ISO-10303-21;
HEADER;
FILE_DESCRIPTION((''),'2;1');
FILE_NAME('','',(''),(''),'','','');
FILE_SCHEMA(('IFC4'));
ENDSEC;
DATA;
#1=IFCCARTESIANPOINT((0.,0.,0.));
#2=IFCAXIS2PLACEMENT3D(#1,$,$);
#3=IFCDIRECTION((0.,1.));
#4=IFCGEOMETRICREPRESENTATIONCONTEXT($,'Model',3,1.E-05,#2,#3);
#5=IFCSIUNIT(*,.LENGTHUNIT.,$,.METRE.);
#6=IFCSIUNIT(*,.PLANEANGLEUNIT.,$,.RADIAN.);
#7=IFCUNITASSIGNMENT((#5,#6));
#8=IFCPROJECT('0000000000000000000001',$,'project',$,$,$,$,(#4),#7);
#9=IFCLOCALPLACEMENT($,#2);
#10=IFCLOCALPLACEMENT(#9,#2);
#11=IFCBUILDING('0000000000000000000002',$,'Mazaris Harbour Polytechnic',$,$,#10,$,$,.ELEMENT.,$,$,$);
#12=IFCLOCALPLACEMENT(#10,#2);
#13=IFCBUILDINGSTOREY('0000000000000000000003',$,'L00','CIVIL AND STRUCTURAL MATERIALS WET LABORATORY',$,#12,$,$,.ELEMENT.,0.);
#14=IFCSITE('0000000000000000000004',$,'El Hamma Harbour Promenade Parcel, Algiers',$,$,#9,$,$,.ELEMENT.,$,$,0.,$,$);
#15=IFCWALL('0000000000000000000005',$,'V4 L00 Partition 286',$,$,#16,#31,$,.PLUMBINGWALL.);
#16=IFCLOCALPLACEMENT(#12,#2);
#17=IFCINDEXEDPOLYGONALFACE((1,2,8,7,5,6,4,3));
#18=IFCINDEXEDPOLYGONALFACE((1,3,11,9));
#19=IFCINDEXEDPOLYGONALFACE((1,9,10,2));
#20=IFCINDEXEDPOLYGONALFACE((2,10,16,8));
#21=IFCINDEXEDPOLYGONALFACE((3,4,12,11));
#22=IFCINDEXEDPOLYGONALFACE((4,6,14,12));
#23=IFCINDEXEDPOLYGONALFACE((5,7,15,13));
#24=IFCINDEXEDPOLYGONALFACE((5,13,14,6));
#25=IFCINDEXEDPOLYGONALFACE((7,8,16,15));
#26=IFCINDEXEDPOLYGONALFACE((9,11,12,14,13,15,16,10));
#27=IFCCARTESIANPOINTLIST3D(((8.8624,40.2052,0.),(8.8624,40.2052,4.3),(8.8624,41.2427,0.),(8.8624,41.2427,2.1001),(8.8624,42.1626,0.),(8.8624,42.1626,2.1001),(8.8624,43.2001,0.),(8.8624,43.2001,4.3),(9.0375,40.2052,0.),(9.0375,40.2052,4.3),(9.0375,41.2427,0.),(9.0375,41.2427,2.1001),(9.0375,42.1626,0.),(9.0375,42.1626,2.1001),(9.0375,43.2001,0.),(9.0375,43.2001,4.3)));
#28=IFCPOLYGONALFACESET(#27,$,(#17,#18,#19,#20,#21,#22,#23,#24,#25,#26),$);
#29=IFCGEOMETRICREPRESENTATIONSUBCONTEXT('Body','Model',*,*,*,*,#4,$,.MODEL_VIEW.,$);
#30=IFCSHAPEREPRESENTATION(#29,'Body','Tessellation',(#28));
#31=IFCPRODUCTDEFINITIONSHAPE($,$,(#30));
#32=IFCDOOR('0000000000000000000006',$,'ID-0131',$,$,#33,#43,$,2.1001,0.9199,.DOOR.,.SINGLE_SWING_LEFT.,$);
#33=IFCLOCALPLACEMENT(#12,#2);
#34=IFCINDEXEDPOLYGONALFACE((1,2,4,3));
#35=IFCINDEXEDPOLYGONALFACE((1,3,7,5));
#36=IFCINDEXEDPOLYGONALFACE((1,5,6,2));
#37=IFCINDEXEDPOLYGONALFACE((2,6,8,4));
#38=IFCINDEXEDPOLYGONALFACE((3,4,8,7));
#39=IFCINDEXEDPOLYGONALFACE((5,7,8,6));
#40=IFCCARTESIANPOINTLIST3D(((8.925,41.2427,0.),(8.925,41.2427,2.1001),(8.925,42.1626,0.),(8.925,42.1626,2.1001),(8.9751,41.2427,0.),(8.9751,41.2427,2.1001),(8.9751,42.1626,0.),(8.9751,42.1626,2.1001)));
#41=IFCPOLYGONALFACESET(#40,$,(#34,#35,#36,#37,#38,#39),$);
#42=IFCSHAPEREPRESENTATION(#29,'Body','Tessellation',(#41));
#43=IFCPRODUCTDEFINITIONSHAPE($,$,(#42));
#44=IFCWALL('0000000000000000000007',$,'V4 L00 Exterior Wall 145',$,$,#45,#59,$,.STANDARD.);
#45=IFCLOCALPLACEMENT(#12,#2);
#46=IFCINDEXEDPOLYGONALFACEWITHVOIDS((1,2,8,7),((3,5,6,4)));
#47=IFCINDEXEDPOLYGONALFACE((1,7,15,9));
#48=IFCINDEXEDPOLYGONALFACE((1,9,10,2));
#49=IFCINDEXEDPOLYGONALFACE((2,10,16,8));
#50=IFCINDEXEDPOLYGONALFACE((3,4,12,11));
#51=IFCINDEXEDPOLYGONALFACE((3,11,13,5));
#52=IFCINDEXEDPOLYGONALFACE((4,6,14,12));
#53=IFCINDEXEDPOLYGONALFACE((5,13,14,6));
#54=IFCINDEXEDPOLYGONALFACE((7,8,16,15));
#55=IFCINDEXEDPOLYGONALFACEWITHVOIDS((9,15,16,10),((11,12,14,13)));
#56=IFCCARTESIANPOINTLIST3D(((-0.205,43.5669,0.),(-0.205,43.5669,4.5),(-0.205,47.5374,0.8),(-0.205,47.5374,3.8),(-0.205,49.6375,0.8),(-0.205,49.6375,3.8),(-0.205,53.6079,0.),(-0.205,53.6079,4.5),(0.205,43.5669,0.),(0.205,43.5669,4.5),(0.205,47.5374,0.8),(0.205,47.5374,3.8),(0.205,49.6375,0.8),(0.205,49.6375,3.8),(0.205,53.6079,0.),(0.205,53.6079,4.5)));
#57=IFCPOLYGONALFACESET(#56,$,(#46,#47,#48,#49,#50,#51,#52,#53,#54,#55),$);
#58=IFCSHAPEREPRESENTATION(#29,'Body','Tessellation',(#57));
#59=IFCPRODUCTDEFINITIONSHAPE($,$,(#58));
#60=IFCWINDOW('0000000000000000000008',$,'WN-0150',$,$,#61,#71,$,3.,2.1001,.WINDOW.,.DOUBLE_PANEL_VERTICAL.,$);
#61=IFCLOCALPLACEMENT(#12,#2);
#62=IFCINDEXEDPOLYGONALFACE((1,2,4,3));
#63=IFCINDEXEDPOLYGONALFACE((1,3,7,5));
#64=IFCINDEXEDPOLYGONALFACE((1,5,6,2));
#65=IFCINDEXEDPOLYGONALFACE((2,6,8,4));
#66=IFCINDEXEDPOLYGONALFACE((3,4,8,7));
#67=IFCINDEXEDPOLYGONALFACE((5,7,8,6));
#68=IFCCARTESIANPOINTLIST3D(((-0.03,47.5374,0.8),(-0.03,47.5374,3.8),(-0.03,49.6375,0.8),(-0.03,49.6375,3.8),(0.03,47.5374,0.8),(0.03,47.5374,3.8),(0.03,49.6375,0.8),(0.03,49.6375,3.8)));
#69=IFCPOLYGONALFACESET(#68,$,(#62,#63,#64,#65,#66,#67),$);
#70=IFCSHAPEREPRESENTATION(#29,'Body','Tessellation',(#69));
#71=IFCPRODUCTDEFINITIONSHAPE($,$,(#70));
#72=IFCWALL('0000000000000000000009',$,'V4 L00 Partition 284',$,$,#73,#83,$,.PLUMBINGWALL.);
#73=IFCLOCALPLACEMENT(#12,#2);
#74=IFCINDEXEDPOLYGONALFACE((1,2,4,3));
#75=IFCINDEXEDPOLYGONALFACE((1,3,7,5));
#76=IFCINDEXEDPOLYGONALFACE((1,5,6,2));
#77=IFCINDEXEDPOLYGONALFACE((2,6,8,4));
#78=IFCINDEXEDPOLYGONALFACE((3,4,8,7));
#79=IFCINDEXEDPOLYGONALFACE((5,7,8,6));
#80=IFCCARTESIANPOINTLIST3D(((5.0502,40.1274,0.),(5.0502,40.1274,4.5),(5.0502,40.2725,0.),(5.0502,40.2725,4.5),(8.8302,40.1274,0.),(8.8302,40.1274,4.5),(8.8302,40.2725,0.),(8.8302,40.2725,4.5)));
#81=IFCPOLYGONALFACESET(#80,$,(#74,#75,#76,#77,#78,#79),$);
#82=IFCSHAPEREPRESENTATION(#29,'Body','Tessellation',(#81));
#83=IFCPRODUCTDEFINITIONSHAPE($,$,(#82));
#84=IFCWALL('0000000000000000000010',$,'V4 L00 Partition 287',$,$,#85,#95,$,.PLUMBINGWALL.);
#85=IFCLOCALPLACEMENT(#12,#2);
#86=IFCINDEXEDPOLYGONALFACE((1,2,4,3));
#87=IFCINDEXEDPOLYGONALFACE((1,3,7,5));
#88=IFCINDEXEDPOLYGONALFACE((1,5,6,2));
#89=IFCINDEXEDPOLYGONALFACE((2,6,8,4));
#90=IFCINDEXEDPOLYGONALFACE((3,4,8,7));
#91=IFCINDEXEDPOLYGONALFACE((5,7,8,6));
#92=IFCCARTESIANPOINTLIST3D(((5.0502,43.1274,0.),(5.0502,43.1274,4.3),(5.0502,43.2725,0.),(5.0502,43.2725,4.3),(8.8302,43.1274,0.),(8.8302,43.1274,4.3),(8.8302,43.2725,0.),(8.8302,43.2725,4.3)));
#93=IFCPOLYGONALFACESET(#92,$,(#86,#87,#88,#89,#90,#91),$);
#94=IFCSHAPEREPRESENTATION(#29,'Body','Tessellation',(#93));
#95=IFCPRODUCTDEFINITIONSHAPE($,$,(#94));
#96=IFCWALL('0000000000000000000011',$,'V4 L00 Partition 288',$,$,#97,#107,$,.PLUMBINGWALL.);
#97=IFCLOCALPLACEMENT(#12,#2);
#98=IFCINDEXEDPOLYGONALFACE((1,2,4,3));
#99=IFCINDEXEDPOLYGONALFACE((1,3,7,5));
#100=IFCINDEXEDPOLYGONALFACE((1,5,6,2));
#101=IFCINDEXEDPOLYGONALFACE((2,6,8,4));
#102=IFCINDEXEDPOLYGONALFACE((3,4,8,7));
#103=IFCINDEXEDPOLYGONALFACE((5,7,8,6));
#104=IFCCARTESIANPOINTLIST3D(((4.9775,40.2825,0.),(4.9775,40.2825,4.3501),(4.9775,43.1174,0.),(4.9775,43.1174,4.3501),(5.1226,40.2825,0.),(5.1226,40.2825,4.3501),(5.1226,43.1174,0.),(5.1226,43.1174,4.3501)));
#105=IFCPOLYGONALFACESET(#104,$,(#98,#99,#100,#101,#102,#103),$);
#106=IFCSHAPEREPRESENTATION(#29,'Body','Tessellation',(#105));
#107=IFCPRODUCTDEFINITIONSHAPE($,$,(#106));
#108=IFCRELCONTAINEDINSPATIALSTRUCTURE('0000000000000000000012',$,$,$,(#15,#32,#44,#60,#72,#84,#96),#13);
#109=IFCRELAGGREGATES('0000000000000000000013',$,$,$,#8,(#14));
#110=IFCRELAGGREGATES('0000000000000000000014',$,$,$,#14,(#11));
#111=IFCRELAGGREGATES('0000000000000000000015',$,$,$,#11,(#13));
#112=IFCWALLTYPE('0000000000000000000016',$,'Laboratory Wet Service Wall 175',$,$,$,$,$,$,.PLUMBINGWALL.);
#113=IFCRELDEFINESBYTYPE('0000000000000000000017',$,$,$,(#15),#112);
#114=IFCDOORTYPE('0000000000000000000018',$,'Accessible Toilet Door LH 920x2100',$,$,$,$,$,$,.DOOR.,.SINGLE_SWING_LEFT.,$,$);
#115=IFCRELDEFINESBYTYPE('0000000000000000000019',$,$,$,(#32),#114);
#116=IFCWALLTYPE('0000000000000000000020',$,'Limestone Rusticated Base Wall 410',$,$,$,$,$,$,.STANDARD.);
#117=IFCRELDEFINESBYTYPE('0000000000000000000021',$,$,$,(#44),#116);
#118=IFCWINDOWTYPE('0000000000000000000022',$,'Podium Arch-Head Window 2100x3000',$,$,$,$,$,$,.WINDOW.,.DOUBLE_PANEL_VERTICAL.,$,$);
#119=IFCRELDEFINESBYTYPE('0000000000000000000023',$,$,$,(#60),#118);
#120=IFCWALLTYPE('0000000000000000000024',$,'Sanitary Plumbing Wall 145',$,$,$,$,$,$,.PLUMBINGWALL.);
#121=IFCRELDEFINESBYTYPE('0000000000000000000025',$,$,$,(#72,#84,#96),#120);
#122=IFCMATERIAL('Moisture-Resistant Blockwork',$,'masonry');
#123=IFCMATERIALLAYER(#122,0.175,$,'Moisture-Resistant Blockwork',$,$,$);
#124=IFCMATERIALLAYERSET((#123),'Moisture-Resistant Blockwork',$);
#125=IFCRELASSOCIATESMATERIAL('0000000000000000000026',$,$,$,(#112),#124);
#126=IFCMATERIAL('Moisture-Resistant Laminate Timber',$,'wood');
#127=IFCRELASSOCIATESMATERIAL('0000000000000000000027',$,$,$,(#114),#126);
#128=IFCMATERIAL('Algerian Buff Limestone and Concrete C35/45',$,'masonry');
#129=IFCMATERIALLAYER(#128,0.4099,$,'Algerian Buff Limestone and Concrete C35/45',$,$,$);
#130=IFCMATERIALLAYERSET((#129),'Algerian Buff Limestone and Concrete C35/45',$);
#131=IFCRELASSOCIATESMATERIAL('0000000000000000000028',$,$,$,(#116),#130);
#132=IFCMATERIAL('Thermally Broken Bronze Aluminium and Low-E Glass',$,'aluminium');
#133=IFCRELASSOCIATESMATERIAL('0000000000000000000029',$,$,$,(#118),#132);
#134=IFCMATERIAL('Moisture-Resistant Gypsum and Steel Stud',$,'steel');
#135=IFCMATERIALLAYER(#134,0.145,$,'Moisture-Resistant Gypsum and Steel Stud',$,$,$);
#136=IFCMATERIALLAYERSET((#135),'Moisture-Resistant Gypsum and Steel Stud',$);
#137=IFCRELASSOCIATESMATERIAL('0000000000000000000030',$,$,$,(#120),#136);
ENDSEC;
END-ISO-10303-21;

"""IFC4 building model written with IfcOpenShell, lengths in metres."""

from ifc_helpers import new_model, si_unit, direction, frame, frame_2d, origin, place, context, subcontext, project, spatial, rectangle, extrude, material, layer, layer_set, type_object, element, fill, save


model = new_model("IFC4")

# Units and contexts
model_context = context("Model", 3, precision=1e-05, world=origin(), true_north=direction((0.0, 1.0)))
body_context = subcontext(model_context, "Body", "Model", "MODEL_VIEW")
ifc_project = project(units=[si_unit("LENGTHUNIT", "METRE"), si_unit("PLANEANGLEUNIT", "RADIAN")], contexts=[model_context])

# Site, building, storey
site_placement = place(None, origin())
site = spatial("IfcSite", under=ifc_project, at=site_placement, Name="El Hamma Harbour Promenade Parcel, Algiers", CompositionType="ELEMENT", RefElevation=0.0)
building_placement = place(site_placement, origin())
building = spatial("IfcBuilding", under=site, at=building_placement, Name="Mazaris Harbour Polytechnic", CompositionType="ELEMENT")
storey_placement = place(building_placement, origin())
storey = spatial("IfcBuildingStorey", under=building, at=storey_placement, Name="L00", Description="CIVIL AND STRUCTURAL MATERIALS WET LABORATORY", CompositionType="ELEMENT", Elevation=0.0)

# Wall, opening, door
ifc_material_1 = material(Name="Moisture-Resistant Blockwork", Category="masonry")
ifc_layer_1 = layer(ifc_material_1, 0.175, Name="Moisture-Resistant Blockwork")
ifc_layer_set_1 = layer_set([ifc_layer_1], Name="Moisture-Resistant Blockwork")
wall_type_1 = type_object("IfcWallType", Name="Laboratory Wet Service Wall 175", PredefinedType="PLUMBINGWALL", material=ifc_layer_set_1)
wall_1_placement = place(storey_placement, frame((8.95, 40.2051, 0.0), z_axis=(0.0, 0.0, 1.0), x_axis=(0.0, 1.0, 0.0)))
wall_1 = element("IfcWall", 1, at=wall_1_placement, inside=storey, type_object=wall_type_1, Name="V4 L00 Partition 286", PredefinedType="PLUMBINGWALL", context=body_context, shape_type="SweptSolid", body=[
    extrude(rectangle(XDim=2.9949, YDim=0.175, at=frame_2d((1.4976, 0.0))), origin(), (0.0, 0.0, 1.0), 4.3),
])
opening_1_placement = place(wall_1_placement, frame((1.0376, 0.0, 0.0)))
opening_1 = element("IfcOpeningElement", 2, at=opening_1_placement, cuts=wall_1, PredefinedType="OPENING", context=body_context, shape_type="SweptSolid", body=[
    extrude(rectangle(XDim=0.9199, YDim=2.1001, at=frame_2d((0.46, 1.05))), frame((0.0, 0.0974, 0.0), z_axis=(0.0, -1.0, 0.0), x_axis=(1.0, 0.0, 0.0)), (0.0, 0.0, 1.0), 0.1951),
])
ifc_material_2 = material(Name="Moisture-Resistant Laminate Timber", Category="wood")
door_type_1 = type_object("IfcDoorType", Name="Accessible Toilet Door LH 920x2100", OperationType="SINGLE_SWING_LEFT", PredefinedType="DOOR", material=ifc_material_2)
door_1_placement = place(opening_1_placement, origin())
door_1 = element("IfcDoor", 3, at=door_1_placement, inside=storey, type_object=door_type_1, Name="ID-0131", OperationType="SINGLE_SWING_LEFT", OverallHeight=2.1001, OverallWidth=0.9199, PredefinedType="DOOR", context=body_context, shape_type="SweptSolid", body=[
    extrude(rectangle(XDim=0.9199, YDim=2.1001, at=frame_2d((0.46, 1.05))), frame((0.0, 0.0249, 0.0), z_axis=(0.0, -1.0, 0.0), x_axis=(1.0, 0.0, 0.0)), (0.0, 0.0, 1.0), 0.05),
])
fill(opening_1, door_1)

# Wall, opening, window
ifc_material_3 = material(Name="Algerian Buff Limestone and Concrete C35/45", Category="masonry")
ifc_layer_2 = layer(ifc_material_3, 0.4099, Name="Algerian Buff Limestone and Concrete C35/45")
ifc_layer_set_2 = layer_set([ifc_layer_2], Name="Algerian Buff Limestone and Concrete C35/45")
wall_type_2 = type_object("IfcWallType", Name="Limestone Rusticated Base Wall 410", PredefinedType="STANDARD", material=ifc_layer_set_2)
wall_2_placement = place(storey_placement, frame((0.0, 43.5669, 0.0), z_axis=(0.0, 0.0, 1.0), x_axis=(0.0, 1.0, 0.0)))
wall_2 = element("IfcWall", 4, at=wall_2_placement, inside=storey, type_object=wall_type_2, Name="V4 L00 Exterior Wall 145", PredefinedType="STANDARD", context=body_context, shape_type="SweptSolid", body=[
    extrude(rectangle(XDim=10.041, YDim=0.4099, at=frame_2d((5.0205, 0.0))), origin(), (0.0, 0.0, 1.0), 4.5),
])
opening_2_placement = place(wall_2_placement, frame((3.9705, 0.0, 0.8)))
opening_2 = element("IfcOpeningElement", 5, at=opening_2_placement, cuts=wall_2, PredefinedType="OPENING", context=body_context, shape_type="SweptSolid", body=[
    extrude(rectangle(XDim=2.1001, YDim=3.0, at=frame_2d((1.05, 1.5))), frame((0.0, 0.2148, 0.0), z_axis=(0.0, -1.0, 0.0), x_axis=(1.0, 0.0, 0.0)), (0.0, 0.0, 1.0), 0.4299),
])
ifc_material_4 = material(Name="Thermally Broken Bronze Aluminium and Low-E Glass", Category="aluminium")
window_type = type_object("IfcWindowType", Name="Podium Arch-Head Window 2100x3000", PartitioningType="DOUBLE_PANEL_VERTICAL", PredefinedType="WINDOW", material=ifc_material_4)
window_placement = place(opening_2_placement, origin())
window = element("IfcWindow", 6, at=window_placement, inside=storey, type_object=window_type, Name="WN-0150", OverallHeight=3.0, OverallWidth=2.1001, PartitioningType="DOUBLE_PANEL_VERTICAL", PredefinedType="WINDOW", context=body_context, shape_type="SweptSolid", body=[
    extrude(rectangle(XDim=2.1001, YDim=3.0, at=frame_2d((1.05, 1.5))), frame((0.0, 0.03, 0.0), z_axis=(0.0, -1.0, 0.0), x_axis=(1.0, 0.0, 0.0)), (0.0, 0.0, 1.0), 0.0601),
])
fill(opening_2, window)

# Walls
ifc_material_5 = material(Name="Moisture-Resistant Gypsum and Steel Stud", Category="steel")
ifc_layer_3 = layer(ifc_material_5, 0.145, Name="Moisture-Resistant Gypsum and Steel Stud")
ifc_layer_set_3 = layer_set([ifc_layer_3], Name="Moisture-Resistant Gypsum and Steel Stud")
wall_type_3 = type_object("IfcWallType", Name="Sanitary Plumbing Wall 145", PredefinedType="PLUMBINGWALL", material=ifc_layer_set_3)
wall_3_placement = place(storey_placement, frame((5.05, 40.2, 0.0), z_axis=(0.0, 0.0, 1.0), x_axis=(1.0, 0.0, 0.0)))
element("IfcWall", 7, at=wall_3_placement, inside=storey, type_object=wall_type_3, Name="V4 L00 Partition 284", PredefinedType="PLUMBINGWALL", context=body_context, shape_type="SweptSolid", body=[
    extrude(rectangle(XDim=3.78, YDim=0.145, at=frame_2d((1.8901, 0.0))), origin(), (0.0, 0.0, 1.0), 4.5),
])
wall_4_placement = place(storey_placement, frame((5.05, 43.2, 0.0), z_axis=(0.0, 0.0, 1.0), x_axis=(1.0, 0.0, 0.0)))
element("IfcWall", 8, at=wall_4_placement, inside=storey, type_object=wall_type_3, Name="V4 L00 Partition 287", PredefinedType="PLUMBINGWALL", context=body_context, shape_type="SweptSolid", body=[
    extrude(rectangle(XDim=3.78, YDim=0.145, at=frame_2d((1.8901, 0.0))), origin(), (0.0, 0.0, 1.0), 4.3),
])
wall_5_placement = place(storey_placement, frame((5.05, 40.2825, 0.0), z_axis=(0.0, 0.0, 1.0), x_axis=(0.0, 1.0, 0.0)))
element("IfcWall", 9, at=wall_5_placement, inside=storey, type_object=wall_type_3, Name="V4 L00 Partition 288", PredefinedType="PLUMBINGWALL", context=body_context, shape_type="SweptSolid", body=[
    extrude(rectangle(XDim=2.835, YDim=0.145, at=frame_2d((1.4175, 0.0))), origin(), (0.0, 0.0, 1.0), 4.3501),
])

save(model, "model.ifc")
